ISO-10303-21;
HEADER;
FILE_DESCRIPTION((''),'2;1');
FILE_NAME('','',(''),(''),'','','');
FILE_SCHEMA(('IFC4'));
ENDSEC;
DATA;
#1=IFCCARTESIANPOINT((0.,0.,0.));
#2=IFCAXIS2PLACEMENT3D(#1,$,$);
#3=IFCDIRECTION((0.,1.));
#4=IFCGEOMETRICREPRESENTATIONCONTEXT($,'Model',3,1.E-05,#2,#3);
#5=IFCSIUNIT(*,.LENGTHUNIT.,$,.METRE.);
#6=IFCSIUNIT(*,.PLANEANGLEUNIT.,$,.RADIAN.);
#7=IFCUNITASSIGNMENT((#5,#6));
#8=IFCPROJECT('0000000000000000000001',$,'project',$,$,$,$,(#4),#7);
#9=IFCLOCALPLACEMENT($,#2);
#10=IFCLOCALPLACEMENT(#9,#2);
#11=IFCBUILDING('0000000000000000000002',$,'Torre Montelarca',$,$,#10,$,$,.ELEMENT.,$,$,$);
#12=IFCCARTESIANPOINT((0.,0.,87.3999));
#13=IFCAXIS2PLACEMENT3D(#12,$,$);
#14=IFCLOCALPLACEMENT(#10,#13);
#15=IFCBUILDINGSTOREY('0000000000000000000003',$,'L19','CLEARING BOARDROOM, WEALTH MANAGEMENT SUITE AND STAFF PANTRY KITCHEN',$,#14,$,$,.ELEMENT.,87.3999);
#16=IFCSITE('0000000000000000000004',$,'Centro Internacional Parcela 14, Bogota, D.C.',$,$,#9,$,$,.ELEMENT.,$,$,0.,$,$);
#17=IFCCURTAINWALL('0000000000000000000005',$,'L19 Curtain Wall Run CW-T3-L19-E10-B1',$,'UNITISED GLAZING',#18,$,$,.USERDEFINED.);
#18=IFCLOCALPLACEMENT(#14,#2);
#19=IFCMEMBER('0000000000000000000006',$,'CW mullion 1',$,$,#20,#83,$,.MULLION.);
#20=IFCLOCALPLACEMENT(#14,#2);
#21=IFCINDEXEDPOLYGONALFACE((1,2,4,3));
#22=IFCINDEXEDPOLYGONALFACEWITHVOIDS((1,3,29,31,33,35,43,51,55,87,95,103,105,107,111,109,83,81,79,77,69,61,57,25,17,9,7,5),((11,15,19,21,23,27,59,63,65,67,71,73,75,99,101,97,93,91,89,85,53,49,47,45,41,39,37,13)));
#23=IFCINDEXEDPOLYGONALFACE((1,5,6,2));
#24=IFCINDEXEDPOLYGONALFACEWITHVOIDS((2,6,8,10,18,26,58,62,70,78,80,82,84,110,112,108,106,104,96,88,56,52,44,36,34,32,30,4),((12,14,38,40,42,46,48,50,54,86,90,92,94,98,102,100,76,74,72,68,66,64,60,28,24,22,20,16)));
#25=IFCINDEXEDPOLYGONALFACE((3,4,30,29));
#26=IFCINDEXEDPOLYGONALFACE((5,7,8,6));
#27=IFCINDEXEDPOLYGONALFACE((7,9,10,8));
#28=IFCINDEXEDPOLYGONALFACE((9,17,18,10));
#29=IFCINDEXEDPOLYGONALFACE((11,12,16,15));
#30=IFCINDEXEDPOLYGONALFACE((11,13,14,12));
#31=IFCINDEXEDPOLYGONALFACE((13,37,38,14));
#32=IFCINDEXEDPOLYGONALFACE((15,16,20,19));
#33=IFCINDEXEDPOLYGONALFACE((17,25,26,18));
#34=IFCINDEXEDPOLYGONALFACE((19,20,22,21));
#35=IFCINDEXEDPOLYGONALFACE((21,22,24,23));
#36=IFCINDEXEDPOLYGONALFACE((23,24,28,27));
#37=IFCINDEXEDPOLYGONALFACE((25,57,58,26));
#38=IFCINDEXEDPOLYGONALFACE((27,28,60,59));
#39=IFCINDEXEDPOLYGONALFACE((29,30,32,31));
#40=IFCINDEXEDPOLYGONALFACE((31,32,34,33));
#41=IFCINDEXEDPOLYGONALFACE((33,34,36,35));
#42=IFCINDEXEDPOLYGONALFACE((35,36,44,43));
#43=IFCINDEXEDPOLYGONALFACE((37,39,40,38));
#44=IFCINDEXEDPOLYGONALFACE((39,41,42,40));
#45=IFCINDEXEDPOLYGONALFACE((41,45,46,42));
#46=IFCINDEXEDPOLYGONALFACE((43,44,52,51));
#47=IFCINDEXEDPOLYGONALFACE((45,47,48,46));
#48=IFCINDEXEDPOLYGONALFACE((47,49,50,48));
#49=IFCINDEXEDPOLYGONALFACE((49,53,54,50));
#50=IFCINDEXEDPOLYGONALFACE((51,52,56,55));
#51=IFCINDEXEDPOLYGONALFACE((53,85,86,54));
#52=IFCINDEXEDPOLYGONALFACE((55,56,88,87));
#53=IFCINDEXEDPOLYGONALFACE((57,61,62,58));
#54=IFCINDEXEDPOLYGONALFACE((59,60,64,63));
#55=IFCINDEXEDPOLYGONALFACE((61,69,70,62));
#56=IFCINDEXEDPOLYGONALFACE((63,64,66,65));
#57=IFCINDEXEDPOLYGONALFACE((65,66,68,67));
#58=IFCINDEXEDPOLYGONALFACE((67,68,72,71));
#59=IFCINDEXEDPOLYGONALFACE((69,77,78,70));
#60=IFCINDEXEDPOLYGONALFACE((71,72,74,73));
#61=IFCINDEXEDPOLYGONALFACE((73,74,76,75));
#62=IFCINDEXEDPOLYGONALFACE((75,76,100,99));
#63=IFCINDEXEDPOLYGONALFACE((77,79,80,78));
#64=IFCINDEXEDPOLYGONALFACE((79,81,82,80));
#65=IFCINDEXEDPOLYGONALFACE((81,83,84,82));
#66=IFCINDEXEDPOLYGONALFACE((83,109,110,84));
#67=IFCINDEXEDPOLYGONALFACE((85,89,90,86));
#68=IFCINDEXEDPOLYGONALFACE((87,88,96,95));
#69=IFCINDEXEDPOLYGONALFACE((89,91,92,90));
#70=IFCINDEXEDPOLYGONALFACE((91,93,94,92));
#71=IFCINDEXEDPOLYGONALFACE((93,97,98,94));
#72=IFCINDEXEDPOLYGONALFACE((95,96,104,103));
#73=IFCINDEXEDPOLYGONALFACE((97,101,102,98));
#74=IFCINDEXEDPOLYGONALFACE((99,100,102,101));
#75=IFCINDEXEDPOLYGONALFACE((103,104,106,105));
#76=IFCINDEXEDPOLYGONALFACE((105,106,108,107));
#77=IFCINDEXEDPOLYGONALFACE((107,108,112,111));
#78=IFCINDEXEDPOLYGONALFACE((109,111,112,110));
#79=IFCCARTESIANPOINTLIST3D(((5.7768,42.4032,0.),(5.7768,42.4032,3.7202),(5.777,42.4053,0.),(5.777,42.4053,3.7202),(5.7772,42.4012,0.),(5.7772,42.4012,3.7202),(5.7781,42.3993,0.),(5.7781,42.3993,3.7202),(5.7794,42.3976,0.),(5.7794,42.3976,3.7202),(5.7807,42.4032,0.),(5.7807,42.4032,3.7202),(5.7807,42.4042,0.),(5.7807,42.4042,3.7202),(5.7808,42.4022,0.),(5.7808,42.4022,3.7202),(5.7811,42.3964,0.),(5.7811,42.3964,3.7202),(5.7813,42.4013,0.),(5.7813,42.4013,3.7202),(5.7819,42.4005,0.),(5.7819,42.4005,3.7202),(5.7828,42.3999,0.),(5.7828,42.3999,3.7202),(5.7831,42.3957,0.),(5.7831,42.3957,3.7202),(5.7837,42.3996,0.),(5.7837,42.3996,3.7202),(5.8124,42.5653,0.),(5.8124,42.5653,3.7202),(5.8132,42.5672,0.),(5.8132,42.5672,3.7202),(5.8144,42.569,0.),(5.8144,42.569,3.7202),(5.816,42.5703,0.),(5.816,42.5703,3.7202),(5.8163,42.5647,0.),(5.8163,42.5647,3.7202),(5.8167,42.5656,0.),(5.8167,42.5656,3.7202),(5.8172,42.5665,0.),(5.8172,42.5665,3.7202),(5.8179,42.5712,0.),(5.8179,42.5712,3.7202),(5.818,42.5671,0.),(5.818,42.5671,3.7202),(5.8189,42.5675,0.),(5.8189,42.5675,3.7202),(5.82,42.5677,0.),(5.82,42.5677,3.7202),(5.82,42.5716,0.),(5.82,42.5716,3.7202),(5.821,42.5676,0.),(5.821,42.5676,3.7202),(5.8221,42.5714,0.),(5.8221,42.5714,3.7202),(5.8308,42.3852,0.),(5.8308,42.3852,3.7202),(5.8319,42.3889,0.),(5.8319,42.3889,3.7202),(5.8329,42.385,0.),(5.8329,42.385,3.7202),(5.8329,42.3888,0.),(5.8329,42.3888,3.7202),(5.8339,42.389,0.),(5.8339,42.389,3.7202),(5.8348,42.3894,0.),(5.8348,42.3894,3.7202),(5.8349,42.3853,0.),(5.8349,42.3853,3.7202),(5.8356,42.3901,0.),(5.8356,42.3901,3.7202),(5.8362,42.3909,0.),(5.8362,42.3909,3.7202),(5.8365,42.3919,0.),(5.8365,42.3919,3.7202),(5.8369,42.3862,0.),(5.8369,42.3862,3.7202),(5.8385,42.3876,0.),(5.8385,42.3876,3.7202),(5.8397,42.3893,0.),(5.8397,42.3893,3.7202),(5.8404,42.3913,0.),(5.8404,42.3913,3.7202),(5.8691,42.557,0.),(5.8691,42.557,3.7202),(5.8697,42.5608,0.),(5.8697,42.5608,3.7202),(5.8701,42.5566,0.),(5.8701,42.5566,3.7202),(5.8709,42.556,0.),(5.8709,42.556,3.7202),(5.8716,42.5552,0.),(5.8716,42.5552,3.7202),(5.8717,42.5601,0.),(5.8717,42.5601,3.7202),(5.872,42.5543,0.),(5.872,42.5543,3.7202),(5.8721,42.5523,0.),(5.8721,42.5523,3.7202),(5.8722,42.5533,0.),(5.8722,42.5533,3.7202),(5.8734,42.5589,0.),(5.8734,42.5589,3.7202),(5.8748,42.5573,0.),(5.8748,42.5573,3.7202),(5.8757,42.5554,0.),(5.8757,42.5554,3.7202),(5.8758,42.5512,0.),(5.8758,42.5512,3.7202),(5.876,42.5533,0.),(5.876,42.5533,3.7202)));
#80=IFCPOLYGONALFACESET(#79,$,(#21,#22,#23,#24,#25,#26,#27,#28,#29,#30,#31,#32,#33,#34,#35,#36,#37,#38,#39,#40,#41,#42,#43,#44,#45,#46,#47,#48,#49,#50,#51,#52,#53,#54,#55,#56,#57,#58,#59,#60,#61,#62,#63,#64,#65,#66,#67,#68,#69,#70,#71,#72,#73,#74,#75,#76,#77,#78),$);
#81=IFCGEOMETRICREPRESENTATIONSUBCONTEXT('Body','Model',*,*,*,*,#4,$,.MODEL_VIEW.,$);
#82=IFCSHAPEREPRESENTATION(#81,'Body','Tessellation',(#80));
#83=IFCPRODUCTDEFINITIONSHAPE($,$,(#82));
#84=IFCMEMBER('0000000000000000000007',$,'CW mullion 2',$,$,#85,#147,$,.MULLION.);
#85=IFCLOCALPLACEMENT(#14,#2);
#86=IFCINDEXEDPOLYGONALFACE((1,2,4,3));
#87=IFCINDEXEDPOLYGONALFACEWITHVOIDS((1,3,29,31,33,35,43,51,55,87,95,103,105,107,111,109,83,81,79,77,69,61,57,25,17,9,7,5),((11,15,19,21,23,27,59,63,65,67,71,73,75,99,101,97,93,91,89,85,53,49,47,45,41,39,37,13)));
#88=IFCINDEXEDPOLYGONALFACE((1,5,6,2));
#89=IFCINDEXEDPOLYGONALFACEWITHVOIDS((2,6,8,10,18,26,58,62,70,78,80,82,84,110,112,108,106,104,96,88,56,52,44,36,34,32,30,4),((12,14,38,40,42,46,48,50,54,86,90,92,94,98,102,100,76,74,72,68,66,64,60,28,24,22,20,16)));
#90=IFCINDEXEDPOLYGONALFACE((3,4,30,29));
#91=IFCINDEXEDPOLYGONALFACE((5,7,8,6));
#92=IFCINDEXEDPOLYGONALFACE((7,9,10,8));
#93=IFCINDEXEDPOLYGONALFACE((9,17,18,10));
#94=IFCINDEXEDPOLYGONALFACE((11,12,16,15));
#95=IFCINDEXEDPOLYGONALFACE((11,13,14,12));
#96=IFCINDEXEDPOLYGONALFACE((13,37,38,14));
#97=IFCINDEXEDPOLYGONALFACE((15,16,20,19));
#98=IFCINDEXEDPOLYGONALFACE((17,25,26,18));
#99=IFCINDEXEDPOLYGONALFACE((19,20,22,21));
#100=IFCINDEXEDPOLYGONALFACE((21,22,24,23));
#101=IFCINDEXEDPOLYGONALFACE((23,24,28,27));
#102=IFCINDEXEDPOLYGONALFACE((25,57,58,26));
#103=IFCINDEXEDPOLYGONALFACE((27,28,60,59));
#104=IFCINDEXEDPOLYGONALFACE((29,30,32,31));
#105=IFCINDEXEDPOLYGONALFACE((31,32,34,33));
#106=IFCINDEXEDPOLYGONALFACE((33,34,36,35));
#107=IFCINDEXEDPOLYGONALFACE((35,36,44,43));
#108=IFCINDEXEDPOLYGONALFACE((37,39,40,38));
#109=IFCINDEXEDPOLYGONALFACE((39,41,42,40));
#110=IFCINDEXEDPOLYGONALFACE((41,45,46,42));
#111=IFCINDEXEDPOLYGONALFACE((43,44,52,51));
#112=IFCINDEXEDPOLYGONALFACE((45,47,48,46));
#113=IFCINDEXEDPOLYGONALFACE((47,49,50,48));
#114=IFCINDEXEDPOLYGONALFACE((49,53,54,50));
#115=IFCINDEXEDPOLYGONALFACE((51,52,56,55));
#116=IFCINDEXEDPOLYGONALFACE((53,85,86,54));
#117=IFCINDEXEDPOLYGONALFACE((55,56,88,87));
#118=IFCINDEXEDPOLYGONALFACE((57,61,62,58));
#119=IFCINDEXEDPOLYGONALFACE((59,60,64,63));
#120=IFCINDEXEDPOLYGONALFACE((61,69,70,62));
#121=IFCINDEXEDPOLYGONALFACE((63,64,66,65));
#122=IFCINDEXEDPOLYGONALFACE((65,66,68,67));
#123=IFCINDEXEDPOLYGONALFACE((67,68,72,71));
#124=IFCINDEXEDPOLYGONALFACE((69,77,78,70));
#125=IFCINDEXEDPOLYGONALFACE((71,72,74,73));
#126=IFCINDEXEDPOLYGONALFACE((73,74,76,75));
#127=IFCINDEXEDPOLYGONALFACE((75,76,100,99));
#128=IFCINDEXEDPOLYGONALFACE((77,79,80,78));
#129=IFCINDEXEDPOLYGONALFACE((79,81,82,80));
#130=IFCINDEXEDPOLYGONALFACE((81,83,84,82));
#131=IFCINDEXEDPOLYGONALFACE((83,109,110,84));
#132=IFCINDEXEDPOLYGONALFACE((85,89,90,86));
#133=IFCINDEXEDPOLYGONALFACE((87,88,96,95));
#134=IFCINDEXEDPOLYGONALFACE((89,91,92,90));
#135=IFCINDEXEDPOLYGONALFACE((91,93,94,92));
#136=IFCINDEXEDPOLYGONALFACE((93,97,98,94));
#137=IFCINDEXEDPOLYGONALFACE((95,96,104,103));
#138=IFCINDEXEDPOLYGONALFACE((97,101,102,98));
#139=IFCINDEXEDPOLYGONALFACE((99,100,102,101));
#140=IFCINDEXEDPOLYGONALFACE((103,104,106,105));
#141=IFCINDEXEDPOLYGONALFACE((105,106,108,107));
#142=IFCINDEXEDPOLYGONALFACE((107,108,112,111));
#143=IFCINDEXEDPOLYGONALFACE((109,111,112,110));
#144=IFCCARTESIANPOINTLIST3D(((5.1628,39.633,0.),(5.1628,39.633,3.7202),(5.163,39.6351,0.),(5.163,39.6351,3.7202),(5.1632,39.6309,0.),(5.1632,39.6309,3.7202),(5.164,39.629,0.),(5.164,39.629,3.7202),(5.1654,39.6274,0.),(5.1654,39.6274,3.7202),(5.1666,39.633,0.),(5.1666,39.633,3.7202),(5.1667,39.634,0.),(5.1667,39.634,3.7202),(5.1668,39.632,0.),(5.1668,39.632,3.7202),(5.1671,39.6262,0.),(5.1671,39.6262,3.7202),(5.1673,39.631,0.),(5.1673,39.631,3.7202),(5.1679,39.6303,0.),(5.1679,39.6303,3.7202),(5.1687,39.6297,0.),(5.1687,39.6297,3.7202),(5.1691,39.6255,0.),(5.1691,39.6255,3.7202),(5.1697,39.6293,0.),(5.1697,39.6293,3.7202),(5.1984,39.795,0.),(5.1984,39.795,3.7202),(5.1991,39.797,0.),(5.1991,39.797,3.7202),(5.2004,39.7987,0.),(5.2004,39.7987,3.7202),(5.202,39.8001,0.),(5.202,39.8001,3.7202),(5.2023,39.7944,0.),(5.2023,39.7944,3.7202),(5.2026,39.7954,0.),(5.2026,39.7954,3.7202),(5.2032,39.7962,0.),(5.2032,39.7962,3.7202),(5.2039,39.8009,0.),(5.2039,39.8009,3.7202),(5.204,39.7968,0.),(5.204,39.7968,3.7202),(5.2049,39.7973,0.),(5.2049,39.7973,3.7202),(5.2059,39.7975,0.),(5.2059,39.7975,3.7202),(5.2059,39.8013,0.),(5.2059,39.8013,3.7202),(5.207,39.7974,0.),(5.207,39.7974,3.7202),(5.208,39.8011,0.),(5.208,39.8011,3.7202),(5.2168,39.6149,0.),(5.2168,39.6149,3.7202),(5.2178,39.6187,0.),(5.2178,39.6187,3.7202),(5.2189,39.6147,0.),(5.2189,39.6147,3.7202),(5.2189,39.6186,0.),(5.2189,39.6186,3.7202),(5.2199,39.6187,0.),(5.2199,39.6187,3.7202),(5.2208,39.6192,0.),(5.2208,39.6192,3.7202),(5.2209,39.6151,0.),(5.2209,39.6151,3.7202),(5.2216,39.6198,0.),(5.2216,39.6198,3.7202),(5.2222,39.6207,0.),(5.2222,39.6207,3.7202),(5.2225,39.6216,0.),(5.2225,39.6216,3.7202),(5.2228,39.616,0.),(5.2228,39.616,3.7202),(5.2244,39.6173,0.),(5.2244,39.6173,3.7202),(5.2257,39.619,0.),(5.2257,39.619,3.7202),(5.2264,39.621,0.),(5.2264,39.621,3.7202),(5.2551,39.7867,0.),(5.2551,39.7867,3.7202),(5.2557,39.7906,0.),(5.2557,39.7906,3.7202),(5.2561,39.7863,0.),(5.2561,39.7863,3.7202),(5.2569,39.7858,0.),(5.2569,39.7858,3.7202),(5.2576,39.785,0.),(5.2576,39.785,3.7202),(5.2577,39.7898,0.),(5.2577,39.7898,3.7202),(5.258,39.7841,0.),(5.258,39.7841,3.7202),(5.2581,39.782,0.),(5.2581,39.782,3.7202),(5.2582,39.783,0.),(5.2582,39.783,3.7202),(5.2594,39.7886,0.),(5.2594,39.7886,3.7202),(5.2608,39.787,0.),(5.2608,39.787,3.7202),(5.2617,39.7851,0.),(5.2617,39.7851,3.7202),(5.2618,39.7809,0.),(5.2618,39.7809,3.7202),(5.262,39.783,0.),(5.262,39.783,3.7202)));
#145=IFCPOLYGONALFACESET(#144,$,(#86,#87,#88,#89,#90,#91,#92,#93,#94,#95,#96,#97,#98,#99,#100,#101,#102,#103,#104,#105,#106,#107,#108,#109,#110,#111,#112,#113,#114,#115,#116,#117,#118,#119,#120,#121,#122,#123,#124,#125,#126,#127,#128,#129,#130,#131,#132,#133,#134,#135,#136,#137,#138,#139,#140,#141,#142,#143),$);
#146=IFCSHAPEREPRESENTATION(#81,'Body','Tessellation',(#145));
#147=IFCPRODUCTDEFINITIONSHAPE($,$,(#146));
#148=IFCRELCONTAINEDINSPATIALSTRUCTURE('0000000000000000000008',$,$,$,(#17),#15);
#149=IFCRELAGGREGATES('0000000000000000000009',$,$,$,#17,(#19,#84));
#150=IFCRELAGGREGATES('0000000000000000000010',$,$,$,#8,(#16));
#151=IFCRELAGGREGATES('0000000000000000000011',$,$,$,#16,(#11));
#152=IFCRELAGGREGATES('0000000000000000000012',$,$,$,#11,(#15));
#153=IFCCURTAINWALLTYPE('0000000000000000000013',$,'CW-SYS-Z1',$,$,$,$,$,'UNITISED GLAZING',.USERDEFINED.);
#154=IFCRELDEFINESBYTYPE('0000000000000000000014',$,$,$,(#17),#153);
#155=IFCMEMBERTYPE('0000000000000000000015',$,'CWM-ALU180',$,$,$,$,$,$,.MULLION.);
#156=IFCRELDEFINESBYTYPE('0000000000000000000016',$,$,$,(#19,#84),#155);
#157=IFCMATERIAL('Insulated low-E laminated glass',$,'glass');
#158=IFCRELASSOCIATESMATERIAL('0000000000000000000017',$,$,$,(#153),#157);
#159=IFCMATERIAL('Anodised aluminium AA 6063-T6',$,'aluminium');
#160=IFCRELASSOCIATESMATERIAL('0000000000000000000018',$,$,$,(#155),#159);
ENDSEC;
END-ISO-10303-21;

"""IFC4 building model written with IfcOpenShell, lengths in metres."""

from ifc_helpers import new_model, si_unit, direction, frame, origin, origin_2d, place, context, subcontext, project, spatial, hollow_rectangle, extrude, source, transform, mapped, material, material_profile, profile_set, type_object, element, aggregate, save


model = new_model("IFC4")

# Units and contexts
model_context = context("Model", 3, precision=1e-05, world=origin(), true_north=direction((0.0, 1.0)))
body_context = subcontext(model_context, "Body", "Model", "MODEL_VIEW")
ifc_project = project(units=[si_unit("LENGTHUNIT", "METRE"), si_unit("PLANEANGLEUNIT", "RADIAN")], contexts=[model_context])

# Site, building, storey
site_placement = place(None, origin())
site = spatial("IfcSite", under=ifc_project, at=site_placement, Name="Centro Internacional Parcela 14, Bogota, D.C.", CompositionType="ELEMENT", RefElevation=0.0)
building_placement = place(site_placement, origin())
building = spatial("IfcBuilding", under=site, at=building_placement, Name="Torre Montelarca", CompositionType="ELEMENT")
storey_placement = place(building_placement, frame((0.0, 0.0, 87.3999)))
storey = spatial("IfcBuildingStorey", under=building, at=storey_placement, Name="L19", Description="CLEARING BOARDROOM, WEALTH MANAGEMENT SUITE AND STAFF PANTRY KITCHEN", CompositionType="ELEMENT", Elevation=87.3999)

# Shared definitions
ifc_material_1 = material(Name="Insulated low-E laminated glass", Category="glass")
curtain_wall_type = type_object("IfcCurtainWallType", Name="CW-SYS-Z1", ElementType="UNITISED GLAZING", PredefinedType="USERDEFINED", material=ifc_material_1)
ifc_material_2 = material(Name="Anodised aluminium AA 6063-T6", Category="aluminium")

# Curtain wall
curtain_wall_1_placement = place(storey_placement, origin())
curtain_wall_1 = element("IfcCurtainWall", 1, at=curtain_wall_1_placement, inside=storey, type_object=curtain_wall_type, Name="L19 Curtain Wall Run CW-T3-L19-E10-B1", ObjectType="UNITISED GLAZING", PredefinedType="USERDEFINED")

# Members
ifc_material_profile_1 = material_profile(ifc_material_2, hollow_rectangle(XDim=0.0649, YDim=0.1799, WallThickness=0.0039, InnerFilletRadius=0.0039, OuterFilletRadius=0.0081, at=origin_2d()), Name="ALU65X180X4", Category="aluminium")
ifc_profile_set_1 = profile_set([ifc_material_profile_1], Name="Anodised aluminium AA 6063-T6")
member_type_1 = type_object("IfcMemberType", Name="CWM-ALU180", PredefinedType="MULLION", material=ifc_profile_set_1)
shared_shape_1 = source(origin(), body_context, "Body", "SweptSolid", [
    extrude(hollow_rectangle(XDim=0.0649, YDim=0.1799, WallThickness=0.0039, InnerFilletRadius=0.0039, OuterFilletRadius=0.0081, at=origin_2d()), origin(), (0.0, 0.0, 1.0), 3.7202),
])
member_1_placement = place(storey_placement, frame((5.8264, 42.4783, 0.0), z_axis=(0.0, 0.0, 1.0), x_axis=(0.976295, -0.216443, 0.0)))
member_1 = element("IfcMember", 2, at=member_1_placement, type_object=member_type_1, Name="CW mullion 1", PredefinedType="MULLION", context=body_context, shape_type="MappedRepresentation", body=[
    mapped(shared_shape_1, transform((0.0, 0.0, 0.0), scale=1.0)),
])
member_2_placement = place(storey_placement, frame((5.2124, 39.708, 0.0), z_axis=(0.0, 0.0, 1.0), x_axis=(0.976295, -0.216443, 0.0)))
member_2 = element("IfcMember", 3, at=member_2_placement, type_object=member_type_1, Name="CW mullion 2", PredefinedType="MULLION", context=body_context, shape_type="MappedRepresentation", body=[
    mapped(shared_shape_1, transform((0.0, 0.0, 0.0), scale=1.0)),
])

aggregate(curtain_wall_1, [member_1, member_2])

save(model, "model.ifc")
